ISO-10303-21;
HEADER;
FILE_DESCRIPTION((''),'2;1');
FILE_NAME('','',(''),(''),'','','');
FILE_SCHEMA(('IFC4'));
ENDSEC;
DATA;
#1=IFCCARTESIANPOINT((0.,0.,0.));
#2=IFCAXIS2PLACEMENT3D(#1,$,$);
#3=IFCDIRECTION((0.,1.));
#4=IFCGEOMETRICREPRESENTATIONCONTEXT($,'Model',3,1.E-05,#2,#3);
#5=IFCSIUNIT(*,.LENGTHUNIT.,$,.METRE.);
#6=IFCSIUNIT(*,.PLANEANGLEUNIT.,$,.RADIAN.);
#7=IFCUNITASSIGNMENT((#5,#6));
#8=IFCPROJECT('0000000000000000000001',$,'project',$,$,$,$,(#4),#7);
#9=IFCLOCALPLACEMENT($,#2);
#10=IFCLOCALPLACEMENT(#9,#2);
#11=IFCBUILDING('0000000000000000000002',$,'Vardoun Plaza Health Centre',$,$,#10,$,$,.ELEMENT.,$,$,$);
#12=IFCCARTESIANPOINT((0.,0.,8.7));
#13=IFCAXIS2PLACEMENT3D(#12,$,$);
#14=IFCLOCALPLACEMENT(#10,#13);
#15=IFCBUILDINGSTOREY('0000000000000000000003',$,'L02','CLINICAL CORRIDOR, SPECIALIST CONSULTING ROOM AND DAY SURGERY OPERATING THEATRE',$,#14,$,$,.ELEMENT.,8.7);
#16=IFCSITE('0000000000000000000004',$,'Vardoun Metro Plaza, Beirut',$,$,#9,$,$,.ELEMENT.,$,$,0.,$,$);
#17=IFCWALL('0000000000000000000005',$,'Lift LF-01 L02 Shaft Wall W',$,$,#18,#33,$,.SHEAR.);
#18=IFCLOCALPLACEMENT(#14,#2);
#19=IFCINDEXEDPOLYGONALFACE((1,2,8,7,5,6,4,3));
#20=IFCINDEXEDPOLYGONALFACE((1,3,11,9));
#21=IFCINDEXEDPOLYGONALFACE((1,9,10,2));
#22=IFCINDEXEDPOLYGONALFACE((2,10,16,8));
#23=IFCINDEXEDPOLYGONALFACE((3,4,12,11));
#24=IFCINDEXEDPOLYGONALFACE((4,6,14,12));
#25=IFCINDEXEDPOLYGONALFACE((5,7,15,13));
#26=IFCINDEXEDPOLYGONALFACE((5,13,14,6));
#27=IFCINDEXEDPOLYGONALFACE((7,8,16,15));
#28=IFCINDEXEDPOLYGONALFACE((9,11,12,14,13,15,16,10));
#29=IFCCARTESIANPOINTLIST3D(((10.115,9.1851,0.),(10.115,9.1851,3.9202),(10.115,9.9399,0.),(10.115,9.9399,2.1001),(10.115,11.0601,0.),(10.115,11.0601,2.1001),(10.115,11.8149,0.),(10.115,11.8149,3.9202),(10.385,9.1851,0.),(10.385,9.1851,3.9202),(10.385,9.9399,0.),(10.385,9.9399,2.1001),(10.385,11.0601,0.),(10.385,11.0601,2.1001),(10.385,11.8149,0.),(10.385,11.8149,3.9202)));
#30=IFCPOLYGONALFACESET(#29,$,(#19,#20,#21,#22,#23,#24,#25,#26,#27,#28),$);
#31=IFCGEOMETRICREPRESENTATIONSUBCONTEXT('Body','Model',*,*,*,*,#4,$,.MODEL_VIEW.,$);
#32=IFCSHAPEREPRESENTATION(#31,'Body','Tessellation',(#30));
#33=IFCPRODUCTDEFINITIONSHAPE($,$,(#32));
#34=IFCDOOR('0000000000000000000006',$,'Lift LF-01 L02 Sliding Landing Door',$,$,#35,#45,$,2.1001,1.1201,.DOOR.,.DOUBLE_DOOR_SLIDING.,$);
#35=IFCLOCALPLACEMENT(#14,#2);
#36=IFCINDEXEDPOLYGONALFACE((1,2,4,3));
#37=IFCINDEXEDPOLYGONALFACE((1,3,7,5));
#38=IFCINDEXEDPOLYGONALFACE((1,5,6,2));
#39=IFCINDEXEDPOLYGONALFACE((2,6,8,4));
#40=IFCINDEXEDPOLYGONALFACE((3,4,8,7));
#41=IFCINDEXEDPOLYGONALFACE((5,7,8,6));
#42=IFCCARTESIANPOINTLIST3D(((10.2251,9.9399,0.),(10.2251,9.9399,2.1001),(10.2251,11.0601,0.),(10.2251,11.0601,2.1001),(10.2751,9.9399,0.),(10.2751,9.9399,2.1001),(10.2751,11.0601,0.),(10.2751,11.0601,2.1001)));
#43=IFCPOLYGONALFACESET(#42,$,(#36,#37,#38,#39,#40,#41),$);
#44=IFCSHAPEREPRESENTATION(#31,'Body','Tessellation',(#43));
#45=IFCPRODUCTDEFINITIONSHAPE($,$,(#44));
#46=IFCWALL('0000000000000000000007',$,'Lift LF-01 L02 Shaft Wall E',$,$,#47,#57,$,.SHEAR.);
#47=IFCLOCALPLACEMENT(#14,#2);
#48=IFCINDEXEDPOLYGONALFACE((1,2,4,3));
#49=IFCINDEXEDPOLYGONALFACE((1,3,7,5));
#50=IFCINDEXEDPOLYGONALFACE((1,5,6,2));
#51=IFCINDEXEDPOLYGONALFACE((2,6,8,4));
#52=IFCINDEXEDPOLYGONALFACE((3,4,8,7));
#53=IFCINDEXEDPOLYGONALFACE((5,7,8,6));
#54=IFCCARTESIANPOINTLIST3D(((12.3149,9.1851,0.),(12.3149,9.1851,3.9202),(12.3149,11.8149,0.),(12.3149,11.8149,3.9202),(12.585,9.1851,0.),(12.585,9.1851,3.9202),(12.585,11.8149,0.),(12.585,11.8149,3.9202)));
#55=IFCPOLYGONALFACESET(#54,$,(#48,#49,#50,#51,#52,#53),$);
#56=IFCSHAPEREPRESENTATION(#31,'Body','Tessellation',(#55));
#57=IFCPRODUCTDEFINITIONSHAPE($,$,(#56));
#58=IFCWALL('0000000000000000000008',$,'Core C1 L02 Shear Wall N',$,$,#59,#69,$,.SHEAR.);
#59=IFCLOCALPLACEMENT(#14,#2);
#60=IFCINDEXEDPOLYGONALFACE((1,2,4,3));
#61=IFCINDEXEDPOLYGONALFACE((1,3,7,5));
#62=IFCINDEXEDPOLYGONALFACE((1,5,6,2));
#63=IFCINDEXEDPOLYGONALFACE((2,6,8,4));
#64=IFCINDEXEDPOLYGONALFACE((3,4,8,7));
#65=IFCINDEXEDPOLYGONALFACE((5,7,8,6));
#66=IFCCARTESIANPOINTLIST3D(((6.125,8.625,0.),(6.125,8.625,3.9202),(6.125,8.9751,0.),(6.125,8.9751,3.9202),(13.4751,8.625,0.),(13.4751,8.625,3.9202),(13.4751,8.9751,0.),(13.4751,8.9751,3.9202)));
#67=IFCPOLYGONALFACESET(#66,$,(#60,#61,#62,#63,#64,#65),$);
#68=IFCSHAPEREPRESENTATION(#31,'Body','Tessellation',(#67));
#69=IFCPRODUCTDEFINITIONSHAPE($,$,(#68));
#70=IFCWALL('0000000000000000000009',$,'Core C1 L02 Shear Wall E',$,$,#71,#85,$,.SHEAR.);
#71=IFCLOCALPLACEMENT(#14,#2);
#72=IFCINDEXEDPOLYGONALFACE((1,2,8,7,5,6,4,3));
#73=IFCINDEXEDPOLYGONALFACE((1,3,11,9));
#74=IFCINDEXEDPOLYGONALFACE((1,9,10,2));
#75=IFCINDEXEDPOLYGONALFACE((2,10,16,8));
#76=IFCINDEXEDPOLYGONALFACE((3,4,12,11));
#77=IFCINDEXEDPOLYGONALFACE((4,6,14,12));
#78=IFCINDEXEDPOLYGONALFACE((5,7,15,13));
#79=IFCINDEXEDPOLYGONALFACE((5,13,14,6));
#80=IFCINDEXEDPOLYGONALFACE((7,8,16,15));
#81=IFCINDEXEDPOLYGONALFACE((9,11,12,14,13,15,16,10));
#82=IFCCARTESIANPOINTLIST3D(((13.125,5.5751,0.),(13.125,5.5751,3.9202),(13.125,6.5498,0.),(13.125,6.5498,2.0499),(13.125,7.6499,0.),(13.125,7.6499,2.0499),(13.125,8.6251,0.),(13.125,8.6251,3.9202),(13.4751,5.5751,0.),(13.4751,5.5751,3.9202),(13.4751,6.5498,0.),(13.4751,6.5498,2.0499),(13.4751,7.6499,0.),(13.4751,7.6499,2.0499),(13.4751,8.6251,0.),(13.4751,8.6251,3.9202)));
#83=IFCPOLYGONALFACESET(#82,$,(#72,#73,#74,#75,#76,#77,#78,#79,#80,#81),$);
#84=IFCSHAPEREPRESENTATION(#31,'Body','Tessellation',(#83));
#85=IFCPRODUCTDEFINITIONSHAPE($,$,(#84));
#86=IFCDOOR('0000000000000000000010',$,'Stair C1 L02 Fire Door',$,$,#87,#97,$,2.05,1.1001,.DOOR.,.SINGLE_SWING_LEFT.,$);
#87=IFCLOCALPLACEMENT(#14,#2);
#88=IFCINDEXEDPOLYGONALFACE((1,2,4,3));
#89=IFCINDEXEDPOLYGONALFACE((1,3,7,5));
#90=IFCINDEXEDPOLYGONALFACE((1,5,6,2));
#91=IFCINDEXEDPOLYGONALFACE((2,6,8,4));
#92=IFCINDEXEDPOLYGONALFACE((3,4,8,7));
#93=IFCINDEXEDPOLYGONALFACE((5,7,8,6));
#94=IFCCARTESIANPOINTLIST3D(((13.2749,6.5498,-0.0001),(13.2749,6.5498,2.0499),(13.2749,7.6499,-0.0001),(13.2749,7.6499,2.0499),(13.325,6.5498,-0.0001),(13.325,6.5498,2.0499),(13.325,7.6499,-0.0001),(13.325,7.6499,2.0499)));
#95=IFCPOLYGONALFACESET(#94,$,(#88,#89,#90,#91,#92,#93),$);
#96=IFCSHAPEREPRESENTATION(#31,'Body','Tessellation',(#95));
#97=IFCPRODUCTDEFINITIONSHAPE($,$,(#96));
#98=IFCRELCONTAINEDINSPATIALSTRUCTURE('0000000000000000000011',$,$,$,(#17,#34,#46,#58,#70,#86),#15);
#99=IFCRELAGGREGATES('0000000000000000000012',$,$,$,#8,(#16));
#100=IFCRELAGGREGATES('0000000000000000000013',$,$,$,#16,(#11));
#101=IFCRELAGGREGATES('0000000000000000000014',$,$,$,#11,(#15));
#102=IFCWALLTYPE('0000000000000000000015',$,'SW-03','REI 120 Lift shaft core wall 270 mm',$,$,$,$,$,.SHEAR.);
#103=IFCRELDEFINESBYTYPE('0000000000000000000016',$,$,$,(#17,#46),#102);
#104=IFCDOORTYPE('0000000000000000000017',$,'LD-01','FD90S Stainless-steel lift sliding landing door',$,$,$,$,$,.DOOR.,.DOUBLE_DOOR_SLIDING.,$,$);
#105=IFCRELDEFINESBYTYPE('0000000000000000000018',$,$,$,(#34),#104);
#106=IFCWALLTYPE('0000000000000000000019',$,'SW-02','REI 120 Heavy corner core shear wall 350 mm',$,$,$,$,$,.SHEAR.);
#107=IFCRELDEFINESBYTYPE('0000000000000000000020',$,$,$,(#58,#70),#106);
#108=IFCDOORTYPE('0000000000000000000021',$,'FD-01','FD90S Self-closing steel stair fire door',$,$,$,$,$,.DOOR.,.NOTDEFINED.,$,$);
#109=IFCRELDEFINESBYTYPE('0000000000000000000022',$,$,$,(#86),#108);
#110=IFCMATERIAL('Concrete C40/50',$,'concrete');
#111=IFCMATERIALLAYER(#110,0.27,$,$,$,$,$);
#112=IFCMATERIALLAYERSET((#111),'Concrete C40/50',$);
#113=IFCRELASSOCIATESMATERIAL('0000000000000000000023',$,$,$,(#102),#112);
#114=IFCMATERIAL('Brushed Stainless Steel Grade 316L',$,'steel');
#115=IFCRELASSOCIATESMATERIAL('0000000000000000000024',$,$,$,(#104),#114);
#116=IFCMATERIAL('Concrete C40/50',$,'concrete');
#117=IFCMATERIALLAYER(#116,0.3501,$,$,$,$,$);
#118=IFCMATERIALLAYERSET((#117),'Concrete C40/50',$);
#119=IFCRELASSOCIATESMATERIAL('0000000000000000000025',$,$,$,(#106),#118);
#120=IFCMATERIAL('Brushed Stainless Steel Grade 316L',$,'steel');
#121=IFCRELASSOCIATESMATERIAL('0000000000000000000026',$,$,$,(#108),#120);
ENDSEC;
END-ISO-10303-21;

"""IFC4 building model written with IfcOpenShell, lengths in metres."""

from ifc_helpers import new_model, si_unit, direction, frame, frame_2d, origin, place, context, subcontext, project, spatial, rectangle, extrude, material, layer, layer_set, type_object, element, fill, save


model = new_model("IFC4")

# Units and contexts
model_context = context("Model", 3, precision=1e-05, world=origin(), true_north=direction((0.0, 1.0)))
body_context = subcontext(model_context, "Body", "Model", "MODEL_VIEW")
ifc_project = project(units=[si_unit("LENGTHUNIT", "METRE"), si_unit("PLANEANGLEUNIT", "RADIAN")], contexts=[model_context])

# Site, building, storey
site_placement = place(None, origin())
site = spatial("IfcSite", under=ifc_project, at=site_placement, Name="Vardoun Metro Plaza, Beirut", CompositionType="ELEMENT", RefElevation=0.0)
building_placement = place(site_placement, origin())
building = spatial("IfcBuilding", under=site, at=building_placement, Name="Vardoun Plaza Health Centre", CompositionType="ELEMENT")
storey_placement = place(building_placement, frame((0.0, 0.0, 8.7)))
storey = spatial("IfcBuildingStorey", under=building, at=storey_placement, Name="L02", Description="CLINICAL CORRIDOR, SPECIALIST CONSULTING ROOM AND DAY SURGERY OPERATING THEATRE", CompositionType="ELEMENT", Elevation=8.7)

# Shared definitions
ifc_material_1 = material(Name="Concrete C40/50", Category="concrete")
ifc_layer_1 = layer(ifc_material_1, 0.27)
ifc_layer_set_1 = layer_set([ifc_layer_1], Name="Concrete C40/50")
wall_type_1 = type_object("IfcWallType", Name="SW-03", Description="REI 120 Lift shaft core wall 270 mm", PredefinedType="SHEAR", material=ifc_layer_set_1)

# Wall, opening, door
wall_1_placement = place(storey_placement, frame((10.25, 9.1851, 0.0), z_axis=(0.0, 0.0, 1.0), x_axis=(0.0, 1.0, 0.0)))
wall_1 = element("IfcWall", 1, at=wall_1_placement, inside=storey, type_object=wall_type_1, Name="Lift LF-01 L02 Shaft Wall W", PredefinedType="SHEAR", context=body_context, shape_type="SweptSolid", body=[
    extrude(rectangle(XDim=2.6299, YDim=0.27, at=frame_2d((1.3149, 0.0))), origin(), (0.0, 0.0, 1.0), 3.9202),
])
opening_1_placement = place(wall_1_placement, frame((0.7549, 0.0, 0.0)))
opening_1 = element("IfcOpeningElement", 2, at=opening_1_placement, cuts=wall_1, PredefinedType="OPENING", context=body_context, shape_type="SweptSolid", body=[
    extrude(rectangle(XDim=1.1201, YDim=2.1001, at=frame_2d((0.5601, 1.05))), frame((0.0, 0.135, 0.0), z_axis=(0.0, -1.0, 0.0), x_axis=(1.0, 0.0, 0.0)), (0.0, 0.0, 1.0), 0.27),
])
ifc_material_2 = material(Name="Brushed Stainless Steel Grade 316L", Category="steel")
door_type_1 = type_object("IfcDoorType", Name="LD-01", Description="FD90S Stainless-steel lift sliding landing door", OperationType="DOUBLE_DOOR_SLIDING", PredefinedType="DOOR", material=ifc_material_2)
door_1_placement = place(opening_1_placement, origin())
door_1 = element("IfcDoor", 3, at=door_1_placement, inside=storey, type_object=door_type_1, Name="Lift LF-01 L02 Sliding Landing Door", OperationType="DOUBLE_DOOR_SLIDING", OverallHeight=2.1001, OverallWidth=1.1201, PredefinedType="DOOR", context=body_context, shape_type="SweptSolid", body=[
    extrude(rectangle(XDim=1.1201, YDim=2.1001, at=frame_2d((0.5601, 1.05))), frame((0.0, 0.0249, 0.0), z_axis=(0.0, -1.0, 0.0), x_axis=(1.0, 0.0, 0.0)), (0.0, 0.0, 1.0), 0.05),
])
fill(opening_1, door_1)

# Walls
wall_2_placement = place(storey_placement, frame((12.45, 11.8149, 0.0), z_axis=(0.0, 0.0, 1.0), x_axis=(0.0, -1.0, 0.0)))
element("IfcWall", 4, at=wall_2_placement, inside=storey, type_object=wall_type_1, Name="Lift LF-01 L02 Shaft Wall E", PredefinedType="SHEAR", context=body_context, shape_type="SweptSolid", body=[
    extrude(rectangle(XDim=2.6299, YDim=0.27, at=frame_2d((1.3149, 0.0))), origin(), (0.0, 0.0, 1.0), 3.9202),
])
ifc_material_3 = material(Name="Concrete C40/50", Category="concrete")
ifc_layer_2 = layer(ifc_material_3, 0.3501)
ifc_layer_set_2 = layer_set([ifc_layer_2], Name="Concrete C40/50")
wall_type_2 = type_object("IfcWallType", Name="SW-02", Description="REI 120 Heavy corner core shear wall 350 mm", PredefinedType="SHEAR", material=ifc_layer_set_2)
wall_3_placement = place(storey_placement, frame((6.125, 8.8, 0.0), z_axis=(0.0, 0.0, 1.0), x_axis=(1.0, 0.0, 0.0)))
element("IfcWall", 5, at=wall_3_placement, inside=storey, type_object=wall_type_2, Name="Core C1 L02 Shear Wall N", PredefinedType="SHEAR", context=body_context, shape_type="SweptSolid", body=[
    extrude(rectangle(XDim=7.3501, YDim=0.3501, at=frame_2d((3.675, 0.0))), origin(), (0.0, 0.0, 1.0), 3.9202),
])

# Wall, opening, door
wall_4_placement = place(storey_placement, frame((13.3, 8.625, 0.0), z_axis=(0.0, 0.0, 1.0), x_axis=(0.0, -1.0, 0.0)))
wall_4 = element("IfcWall", 6, at=wall_4_placement, inside=storey, type_object=wall_type_2, Name="Core C1 L02 Shear Wall E", PredefinedType="SHEAR", context=body_context, shape_type="SweptSolid", body=[
    extrude(rectangle(XDim=3.05, YDim=0.3501, at=frame_2d((1.5249, 0.0))), origin(), (0.0, 0.0, 1.0), 3.9202),
])
opening_2_placement = place(wall_4_placement, frame((0.9751, 0.0, 0.0)))
opening_2 = element("IfcOpeningElement", 7, at=opening_2_placement, cuts=wall_4, PredefinedType="OPENING", context=body_context, shape_type="SweptSolid", body=[
    extrude(rectangle(XDim=1.1001, YDim=2.05, at=frame_2d((0.55, 1.0249))), frame((0.0, 0.175, 0.0), z_axis=(0.0, -1.0, 0.0), x_axis=(1.0, 0.0, 0.0)), (0.0, 0.0, 1.0), 0.3501),
])
ifc_material_4 = material(Name="Brushed Stainless Steel Grade 316L", Category="steel")
door_type_2 = type_object("IfcDoorType", Name="FD-01", Description="FD90S Self-closing steel stair fire door", OperationType="NOTDEFINED", PredefinedType="DOOR", material=ifc_material_4)
door_2_placement = place(opening_2_placement, origin())
door_2 = element("IfcDoor", 8, at=door_2_placement, inside=storey, type_object=door_type_2, Name="Stair C1 L02 Fire Door", OperationType="SINGLE_SWING_LEFT", OverallHeight=2.05, OverallWidth=1.1001, PredefinedType="DOOR", context=body_context, shape_type="SweptSolid", body=[
    extrude(rectangle(XDim=1.1001, YDim=2.05, at=frame_2d((0.55, 1.0249))), frame((0.0, 0.0249, 0.0), z_axis=(0.0, -1.0, 0.0), x_axis=(1.0, 0.0, 0.0)), (0.0, 0.0, 1.0), 0.05),
])
fill(opening_2, door_2)

save(model, "model.ifc")
